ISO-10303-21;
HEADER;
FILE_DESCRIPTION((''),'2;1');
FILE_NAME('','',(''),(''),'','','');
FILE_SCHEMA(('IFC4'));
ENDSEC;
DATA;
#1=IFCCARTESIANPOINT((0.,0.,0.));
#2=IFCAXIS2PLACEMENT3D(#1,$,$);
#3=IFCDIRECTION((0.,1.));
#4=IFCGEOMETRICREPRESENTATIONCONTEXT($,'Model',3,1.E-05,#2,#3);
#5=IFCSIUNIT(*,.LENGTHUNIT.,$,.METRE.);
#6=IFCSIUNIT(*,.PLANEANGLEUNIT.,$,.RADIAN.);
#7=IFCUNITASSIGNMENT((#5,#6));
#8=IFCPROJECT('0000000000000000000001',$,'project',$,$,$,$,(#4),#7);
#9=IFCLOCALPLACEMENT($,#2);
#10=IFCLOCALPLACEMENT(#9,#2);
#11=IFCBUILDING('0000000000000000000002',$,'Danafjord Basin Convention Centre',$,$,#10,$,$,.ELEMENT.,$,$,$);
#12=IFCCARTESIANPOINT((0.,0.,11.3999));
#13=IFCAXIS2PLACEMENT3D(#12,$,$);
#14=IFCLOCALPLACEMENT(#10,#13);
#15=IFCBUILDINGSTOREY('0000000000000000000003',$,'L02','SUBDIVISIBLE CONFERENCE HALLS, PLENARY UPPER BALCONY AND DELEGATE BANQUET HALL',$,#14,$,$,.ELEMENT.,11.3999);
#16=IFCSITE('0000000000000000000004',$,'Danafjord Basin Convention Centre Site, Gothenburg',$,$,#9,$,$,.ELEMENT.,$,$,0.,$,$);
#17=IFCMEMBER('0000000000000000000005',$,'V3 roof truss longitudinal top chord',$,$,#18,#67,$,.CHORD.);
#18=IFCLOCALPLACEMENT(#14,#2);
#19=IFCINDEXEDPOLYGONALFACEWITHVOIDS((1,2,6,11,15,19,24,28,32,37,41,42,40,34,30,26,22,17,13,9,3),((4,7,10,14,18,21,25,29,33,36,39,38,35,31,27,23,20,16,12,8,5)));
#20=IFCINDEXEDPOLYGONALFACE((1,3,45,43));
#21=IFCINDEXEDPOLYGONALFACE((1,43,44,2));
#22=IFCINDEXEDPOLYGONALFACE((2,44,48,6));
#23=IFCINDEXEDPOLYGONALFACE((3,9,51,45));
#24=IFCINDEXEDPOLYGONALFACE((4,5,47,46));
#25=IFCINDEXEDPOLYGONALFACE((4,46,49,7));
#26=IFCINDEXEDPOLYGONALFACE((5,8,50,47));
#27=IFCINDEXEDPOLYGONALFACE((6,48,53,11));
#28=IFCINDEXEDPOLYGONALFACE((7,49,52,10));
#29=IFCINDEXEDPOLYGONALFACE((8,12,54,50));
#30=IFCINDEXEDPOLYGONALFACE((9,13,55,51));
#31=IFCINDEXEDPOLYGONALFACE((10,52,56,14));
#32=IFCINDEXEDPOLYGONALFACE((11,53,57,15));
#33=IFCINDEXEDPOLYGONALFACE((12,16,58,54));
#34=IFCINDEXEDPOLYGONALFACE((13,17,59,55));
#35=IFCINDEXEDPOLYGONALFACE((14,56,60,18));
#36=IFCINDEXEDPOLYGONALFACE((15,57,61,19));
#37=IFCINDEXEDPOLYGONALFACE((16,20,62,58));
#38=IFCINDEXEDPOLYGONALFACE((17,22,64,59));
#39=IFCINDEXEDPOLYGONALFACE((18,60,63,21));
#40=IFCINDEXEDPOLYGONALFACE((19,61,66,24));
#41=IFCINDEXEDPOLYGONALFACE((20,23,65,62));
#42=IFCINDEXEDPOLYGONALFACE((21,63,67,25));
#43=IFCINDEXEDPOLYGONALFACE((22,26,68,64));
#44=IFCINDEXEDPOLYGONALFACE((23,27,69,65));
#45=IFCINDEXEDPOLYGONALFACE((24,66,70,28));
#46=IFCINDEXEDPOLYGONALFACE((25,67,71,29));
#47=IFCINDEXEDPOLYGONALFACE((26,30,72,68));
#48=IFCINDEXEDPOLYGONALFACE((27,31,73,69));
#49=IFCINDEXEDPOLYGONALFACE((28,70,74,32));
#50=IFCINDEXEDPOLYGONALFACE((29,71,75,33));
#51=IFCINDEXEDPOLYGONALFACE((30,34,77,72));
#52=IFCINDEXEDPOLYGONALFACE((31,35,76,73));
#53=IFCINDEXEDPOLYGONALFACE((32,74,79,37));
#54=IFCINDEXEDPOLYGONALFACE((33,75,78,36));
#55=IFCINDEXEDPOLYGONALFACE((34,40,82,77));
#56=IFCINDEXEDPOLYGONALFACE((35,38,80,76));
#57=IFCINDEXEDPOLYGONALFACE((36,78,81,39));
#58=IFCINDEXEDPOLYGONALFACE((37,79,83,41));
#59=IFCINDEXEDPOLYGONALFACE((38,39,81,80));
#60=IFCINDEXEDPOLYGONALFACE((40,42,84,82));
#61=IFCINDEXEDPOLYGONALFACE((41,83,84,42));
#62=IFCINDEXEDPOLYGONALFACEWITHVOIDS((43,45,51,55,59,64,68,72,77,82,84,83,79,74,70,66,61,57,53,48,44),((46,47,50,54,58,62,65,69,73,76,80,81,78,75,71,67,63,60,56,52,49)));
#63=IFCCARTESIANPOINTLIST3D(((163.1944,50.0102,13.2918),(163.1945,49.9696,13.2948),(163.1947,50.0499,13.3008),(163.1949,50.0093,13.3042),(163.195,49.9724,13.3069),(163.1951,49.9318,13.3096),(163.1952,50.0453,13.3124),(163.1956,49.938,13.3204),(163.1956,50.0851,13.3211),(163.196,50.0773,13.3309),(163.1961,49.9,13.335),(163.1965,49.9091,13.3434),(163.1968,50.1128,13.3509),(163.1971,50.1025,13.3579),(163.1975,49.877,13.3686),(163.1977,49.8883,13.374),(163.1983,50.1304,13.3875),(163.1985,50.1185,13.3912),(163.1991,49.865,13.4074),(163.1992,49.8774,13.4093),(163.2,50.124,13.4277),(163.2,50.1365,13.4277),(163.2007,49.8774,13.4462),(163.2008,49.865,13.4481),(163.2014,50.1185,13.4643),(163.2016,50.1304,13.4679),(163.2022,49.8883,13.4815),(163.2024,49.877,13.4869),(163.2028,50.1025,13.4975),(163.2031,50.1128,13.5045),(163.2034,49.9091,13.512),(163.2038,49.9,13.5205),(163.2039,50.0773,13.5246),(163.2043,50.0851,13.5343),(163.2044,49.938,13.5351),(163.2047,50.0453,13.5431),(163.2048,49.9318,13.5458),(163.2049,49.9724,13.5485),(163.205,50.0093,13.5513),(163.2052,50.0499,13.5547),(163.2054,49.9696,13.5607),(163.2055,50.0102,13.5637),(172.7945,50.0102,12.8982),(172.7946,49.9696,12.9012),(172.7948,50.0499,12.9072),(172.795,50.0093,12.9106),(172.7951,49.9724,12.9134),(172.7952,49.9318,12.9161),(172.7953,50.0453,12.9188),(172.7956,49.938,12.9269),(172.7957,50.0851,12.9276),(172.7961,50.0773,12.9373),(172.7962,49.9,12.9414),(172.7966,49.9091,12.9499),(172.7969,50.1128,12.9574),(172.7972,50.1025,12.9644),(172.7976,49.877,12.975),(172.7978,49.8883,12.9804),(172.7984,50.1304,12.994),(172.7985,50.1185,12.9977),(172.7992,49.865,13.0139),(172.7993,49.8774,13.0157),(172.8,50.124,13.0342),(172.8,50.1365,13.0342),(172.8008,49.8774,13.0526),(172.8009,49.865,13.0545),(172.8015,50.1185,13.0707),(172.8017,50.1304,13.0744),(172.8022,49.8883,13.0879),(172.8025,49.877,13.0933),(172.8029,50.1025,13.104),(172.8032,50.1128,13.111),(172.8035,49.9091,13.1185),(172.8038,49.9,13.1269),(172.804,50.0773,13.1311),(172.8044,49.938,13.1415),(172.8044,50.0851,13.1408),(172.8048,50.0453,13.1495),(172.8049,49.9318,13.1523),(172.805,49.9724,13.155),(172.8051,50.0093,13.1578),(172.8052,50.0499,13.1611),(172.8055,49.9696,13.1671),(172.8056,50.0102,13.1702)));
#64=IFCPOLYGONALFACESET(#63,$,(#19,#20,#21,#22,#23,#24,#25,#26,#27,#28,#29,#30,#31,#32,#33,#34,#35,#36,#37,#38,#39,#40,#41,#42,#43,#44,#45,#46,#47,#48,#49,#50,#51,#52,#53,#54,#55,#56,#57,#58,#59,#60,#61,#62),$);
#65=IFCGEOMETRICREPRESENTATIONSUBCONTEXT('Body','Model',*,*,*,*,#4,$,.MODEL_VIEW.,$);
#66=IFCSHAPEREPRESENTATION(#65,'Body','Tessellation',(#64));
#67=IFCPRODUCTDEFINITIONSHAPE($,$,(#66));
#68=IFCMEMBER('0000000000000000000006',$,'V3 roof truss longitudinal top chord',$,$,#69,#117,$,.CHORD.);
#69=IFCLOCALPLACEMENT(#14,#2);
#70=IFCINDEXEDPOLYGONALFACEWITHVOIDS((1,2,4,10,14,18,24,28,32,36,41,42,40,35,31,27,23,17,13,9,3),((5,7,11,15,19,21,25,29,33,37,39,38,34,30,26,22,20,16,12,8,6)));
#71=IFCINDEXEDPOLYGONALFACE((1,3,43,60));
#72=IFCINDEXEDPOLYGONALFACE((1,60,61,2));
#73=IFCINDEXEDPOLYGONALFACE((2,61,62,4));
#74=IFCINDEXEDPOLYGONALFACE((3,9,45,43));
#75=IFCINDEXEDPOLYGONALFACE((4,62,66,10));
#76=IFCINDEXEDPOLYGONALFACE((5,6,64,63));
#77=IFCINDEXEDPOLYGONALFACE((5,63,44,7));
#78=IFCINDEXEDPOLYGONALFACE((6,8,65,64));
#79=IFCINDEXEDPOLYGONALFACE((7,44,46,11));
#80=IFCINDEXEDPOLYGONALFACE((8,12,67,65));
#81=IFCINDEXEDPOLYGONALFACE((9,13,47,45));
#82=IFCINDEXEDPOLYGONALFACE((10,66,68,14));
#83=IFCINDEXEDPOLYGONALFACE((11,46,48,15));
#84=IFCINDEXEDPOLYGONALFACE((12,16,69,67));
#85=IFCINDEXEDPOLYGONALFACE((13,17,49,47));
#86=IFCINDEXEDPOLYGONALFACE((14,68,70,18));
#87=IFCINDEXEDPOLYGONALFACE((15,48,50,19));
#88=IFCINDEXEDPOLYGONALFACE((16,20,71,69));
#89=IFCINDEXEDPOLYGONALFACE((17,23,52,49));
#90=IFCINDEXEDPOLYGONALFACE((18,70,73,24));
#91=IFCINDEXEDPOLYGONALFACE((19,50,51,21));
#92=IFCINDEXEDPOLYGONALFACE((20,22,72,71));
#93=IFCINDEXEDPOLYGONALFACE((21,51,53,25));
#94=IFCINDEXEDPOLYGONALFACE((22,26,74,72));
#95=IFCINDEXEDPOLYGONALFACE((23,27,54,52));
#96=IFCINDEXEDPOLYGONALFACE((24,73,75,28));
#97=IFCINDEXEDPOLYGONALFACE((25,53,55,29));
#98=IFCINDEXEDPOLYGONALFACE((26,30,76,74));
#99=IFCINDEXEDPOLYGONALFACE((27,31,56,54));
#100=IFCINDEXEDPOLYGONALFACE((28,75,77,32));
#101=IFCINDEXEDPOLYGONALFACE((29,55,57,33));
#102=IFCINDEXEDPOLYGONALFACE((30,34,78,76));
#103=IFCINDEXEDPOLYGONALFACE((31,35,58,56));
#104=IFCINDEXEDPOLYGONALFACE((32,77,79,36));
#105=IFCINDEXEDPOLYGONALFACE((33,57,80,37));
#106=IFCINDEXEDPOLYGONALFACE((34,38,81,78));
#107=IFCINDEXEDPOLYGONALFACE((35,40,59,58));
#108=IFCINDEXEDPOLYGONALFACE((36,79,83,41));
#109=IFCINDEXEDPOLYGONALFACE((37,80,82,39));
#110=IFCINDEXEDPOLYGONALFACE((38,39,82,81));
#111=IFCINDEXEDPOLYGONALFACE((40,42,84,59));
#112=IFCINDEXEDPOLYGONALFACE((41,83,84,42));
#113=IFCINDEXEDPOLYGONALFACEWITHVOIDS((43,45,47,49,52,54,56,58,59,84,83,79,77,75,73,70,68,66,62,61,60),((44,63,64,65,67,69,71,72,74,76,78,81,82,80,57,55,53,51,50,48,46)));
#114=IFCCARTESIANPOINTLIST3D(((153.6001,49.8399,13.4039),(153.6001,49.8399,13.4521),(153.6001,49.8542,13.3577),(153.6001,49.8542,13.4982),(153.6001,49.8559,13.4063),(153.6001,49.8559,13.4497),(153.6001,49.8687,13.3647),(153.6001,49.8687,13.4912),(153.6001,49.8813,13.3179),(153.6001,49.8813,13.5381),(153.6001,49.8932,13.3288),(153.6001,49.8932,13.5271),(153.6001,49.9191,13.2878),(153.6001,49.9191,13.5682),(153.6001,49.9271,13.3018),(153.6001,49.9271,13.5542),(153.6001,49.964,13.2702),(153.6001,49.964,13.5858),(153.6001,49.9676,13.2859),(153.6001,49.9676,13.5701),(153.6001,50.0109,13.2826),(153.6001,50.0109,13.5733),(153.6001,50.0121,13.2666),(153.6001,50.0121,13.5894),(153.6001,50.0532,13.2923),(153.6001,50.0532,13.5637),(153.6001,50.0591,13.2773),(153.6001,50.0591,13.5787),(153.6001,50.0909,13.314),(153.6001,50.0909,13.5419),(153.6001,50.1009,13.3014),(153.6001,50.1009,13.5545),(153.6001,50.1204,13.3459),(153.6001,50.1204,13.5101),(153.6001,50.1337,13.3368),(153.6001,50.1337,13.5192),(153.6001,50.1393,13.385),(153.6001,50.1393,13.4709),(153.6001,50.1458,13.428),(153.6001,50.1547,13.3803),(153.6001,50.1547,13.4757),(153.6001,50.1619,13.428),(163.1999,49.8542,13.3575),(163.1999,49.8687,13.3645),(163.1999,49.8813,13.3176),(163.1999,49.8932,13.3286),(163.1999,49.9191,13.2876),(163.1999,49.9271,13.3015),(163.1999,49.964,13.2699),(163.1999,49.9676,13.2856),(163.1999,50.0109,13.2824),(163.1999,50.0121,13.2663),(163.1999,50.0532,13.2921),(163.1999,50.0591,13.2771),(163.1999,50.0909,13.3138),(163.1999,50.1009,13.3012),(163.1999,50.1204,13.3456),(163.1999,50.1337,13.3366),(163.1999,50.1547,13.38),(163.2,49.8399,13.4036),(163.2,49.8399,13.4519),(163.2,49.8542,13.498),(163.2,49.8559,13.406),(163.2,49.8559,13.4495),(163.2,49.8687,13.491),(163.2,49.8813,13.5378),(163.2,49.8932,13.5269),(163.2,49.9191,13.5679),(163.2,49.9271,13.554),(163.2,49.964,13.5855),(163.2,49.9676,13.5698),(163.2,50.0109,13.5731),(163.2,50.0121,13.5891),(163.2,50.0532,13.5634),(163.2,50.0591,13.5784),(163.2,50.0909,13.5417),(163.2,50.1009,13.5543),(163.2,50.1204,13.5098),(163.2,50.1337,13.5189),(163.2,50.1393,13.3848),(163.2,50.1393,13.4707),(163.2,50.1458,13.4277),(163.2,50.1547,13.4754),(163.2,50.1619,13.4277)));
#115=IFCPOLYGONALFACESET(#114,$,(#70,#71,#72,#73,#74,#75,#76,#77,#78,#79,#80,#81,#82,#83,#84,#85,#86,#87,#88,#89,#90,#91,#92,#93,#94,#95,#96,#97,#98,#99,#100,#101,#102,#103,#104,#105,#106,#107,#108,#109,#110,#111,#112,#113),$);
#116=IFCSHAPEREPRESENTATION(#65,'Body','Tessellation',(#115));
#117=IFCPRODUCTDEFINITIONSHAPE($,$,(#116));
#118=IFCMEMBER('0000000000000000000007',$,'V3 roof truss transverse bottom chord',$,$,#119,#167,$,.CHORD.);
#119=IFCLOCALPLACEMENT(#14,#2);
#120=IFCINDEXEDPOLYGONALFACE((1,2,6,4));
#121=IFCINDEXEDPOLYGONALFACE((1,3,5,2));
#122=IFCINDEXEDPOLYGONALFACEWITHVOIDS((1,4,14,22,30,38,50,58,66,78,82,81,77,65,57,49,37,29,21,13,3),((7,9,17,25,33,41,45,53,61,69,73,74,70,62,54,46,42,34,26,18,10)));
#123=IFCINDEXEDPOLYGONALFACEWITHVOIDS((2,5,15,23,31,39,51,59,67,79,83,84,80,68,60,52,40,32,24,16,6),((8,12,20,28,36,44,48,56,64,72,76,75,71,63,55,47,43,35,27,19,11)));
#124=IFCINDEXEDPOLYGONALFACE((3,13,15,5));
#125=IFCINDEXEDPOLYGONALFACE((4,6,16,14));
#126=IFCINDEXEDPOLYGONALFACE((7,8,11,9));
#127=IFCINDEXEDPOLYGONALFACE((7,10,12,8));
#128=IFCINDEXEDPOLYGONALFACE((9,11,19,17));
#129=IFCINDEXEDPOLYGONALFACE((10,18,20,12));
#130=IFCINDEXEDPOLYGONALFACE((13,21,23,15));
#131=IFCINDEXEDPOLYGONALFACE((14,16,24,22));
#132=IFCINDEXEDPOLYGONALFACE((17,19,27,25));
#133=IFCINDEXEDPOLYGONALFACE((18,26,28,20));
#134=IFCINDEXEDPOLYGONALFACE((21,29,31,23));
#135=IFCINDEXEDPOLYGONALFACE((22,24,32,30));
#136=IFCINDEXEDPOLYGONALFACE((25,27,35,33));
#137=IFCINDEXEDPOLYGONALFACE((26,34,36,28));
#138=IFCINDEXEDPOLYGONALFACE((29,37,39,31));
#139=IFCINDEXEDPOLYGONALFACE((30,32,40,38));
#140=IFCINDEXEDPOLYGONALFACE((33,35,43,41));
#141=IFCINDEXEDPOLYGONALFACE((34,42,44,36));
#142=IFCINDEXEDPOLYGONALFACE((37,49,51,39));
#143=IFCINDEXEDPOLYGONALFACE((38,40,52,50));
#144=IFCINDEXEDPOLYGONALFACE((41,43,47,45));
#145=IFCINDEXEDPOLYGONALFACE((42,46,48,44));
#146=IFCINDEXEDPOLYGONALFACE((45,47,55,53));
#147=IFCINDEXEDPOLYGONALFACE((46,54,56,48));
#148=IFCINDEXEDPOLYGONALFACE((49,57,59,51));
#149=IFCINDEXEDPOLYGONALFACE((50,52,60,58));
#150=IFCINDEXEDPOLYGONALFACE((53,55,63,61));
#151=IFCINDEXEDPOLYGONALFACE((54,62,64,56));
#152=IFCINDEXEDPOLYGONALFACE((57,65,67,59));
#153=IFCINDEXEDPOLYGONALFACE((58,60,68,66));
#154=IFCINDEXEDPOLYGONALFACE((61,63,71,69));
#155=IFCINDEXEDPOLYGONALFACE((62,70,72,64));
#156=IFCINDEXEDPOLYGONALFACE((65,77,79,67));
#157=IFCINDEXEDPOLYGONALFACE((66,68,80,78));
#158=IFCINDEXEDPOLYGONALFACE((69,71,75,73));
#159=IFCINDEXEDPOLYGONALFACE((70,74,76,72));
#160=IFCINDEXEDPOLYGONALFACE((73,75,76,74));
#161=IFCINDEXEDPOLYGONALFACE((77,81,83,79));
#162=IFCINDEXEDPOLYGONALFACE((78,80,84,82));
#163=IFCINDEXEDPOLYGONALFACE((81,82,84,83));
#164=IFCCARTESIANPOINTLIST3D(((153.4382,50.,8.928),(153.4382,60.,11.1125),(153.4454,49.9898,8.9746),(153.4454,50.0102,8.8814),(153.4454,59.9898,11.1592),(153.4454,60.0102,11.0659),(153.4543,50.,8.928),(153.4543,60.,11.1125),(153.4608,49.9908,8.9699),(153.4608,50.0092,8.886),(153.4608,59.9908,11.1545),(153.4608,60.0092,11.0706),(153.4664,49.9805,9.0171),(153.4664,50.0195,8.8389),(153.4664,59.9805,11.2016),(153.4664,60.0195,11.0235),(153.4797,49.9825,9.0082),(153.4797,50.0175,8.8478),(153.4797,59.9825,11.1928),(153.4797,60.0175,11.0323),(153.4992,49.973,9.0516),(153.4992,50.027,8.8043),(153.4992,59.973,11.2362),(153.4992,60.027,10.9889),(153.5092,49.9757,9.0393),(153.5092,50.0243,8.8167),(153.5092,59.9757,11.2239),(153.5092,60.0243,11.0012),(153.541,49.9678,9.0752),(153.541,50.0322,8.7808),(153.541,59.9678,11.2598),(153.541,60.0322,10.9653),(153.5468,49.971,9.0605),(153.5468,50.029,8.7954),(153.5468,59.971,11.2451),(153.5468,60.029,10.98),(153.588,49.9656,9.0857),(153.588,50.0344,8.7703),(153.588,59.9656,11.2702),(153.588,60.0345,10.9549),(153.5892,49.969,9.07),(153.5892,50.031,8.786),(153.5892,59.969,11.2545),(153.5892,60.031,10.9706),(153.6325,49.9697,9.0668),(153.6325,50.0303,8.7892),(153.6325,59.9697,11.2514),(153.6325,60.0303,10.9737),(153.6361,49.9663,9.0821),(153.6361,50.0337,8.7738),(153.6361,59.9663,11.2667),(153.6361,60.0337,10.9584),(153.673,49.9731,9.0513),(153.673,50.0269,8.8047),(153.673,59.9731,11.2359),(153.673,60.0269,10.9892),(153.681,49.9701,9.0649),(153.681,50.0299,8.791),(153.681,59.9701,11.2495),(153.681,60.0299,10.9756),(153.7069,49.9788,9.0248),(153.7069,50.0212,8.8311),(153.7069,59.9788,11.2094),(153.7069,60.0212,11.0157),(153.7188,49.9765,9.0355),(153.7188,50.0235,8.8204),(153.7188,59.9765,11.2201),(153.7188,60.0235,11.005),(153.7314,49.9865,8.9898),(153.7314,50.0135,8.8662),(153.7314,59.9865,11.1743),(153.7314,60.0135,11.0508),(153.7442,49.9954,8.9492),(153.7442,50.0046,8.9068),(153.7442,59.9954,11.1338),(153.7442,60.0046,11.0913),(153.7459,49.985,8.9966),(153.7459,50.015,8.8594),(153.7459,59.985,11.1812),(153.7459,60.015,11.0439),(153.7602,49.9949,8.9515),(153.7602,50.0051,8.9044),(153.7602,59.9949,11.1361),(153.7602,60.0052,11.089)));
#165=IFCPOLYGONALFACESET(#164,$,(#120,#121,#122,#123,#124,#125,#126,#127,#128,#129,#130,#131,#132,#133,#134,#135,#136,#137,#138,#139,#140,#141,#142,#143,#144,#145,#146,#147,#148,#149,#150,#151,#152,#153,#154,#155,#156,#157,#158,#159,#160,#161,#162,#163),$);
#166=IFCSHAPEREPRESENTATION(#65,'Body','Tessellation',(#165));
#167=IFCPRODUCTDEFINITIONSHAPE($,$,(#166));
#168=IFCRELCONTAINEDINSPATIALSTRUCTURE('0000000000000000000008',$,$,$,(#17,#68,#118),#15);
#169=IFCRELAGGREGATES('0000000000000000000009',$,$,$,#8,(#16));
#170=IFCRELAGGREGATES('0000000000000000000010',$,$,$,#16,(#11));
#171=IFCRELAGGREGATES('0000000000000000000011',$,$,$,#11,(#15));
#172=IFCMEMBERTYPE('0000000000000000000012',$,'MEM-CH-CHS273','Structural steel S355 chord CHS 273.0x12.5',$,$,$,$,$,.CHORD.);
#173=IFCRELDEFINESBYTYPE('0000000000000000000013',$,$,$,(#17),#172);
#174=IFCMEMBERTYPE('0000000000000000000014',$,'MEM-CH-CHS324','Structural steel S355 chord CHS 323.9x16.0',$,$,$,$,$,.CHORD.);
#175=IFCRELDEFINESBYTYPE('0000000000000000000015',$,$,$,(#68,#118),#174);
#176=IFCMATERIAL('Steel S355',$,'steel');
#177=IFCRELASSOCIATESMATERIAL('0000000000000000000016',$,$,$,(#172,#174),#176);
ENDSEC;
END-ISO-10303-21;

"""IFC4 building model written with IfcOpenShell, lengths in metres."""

from ifc_helpers import new_model, si_unit, direction, frame, origin, origin_2d, place, context, subcontext, project, spatial, hollow_circle, extrude, material, material_profile, profile_set, type_object, element, save


model = new_model("IFC4")

# Units and contexts
model_context = context("Model", 3, precision=1e-05, world=origin(), true_north=direction((0.0, 1.0)))
body_context = subcontext(model_context, "Body", "Model", "MODEL_VIEW")
ifc_project = project(units=[si_unit("LENGTHUNIT", "METRE"), si_unit("PLANEANGLEUNIT", "RADIAN")], contexts=[model_context])

# Site, building, storey
site_placement = place(None, origin())
site = spatial("IfcSite", under=ifc_project, at=site_placement, Name="Danafjord Basin Convention Centre Site, Gothenburg", CompositionType="ELEMENT", RefElevation=0.0)
building_placement = place(site_placement, origin())
building = spatial("IfcBuilding", under=site, at=building_placement, Name="Danafjord Basin Convention Centre", CompositionType="ELEMENT")
storey_placement = place(building_placement, frame((0.0, 0.0, 11.3999)))
storey = spatial("IfcBuildingStorey", under=building, at=storey_placement, Name="L02", Description="SUBDIVISIBLE CONFERENCE HALLS, PLENARY UPPER BALCONY AND DELEGATE BANQUET HALL", CompositionType="ELEMENT", Elevation=11.3999)

# Members
ifc_material = material(Name="Steel S355", Category="steel")
ifc_material_profile_1 = material_profile(ifc_material, hollow_circle(Radius=0.1365, WallThickness=0.0125, at=origin_2d()), Name="CHS 273.0x12.5")
ifc_profile_set_1 = profile_set([ifc_material_profile_1], Name="Steel S355")
member_type_1 = type_object("IfcMemberType", Name="MEM-CH-CHS273", Description="Structural steel S355 chord CHS 273.0x12.5", PredefinedType="CHORD", material=ifc_profile_set_1)
member_1_placement = place(storey_placement, frame((163.2, 50.0, 13.4277), z_axis=(0.999161, 0.0, -0.04096), x_axis=(0.0, 1.0, 0.0)))
element("IfcMember", 1, at=member_1_placement, inside=storey, type_object=member_type_1, Name="V3 roof truss longitudinal top chord", PredefinedType="CHORD", context=body_context, shape_type="SweptSolid", body=[
    extrude(hollow_circle(Radius=0.1365, WallThickness=0.0125, at=origin_2d()), origin(), (0.0, 0.0, 1.0), 9.6082),
])
ifc_material_profile_2 = material_profile(ifc_material, hollow_circle(Radius=0.1619, WallThickness=0.0161, at=origin_2d()), Name="CHS 323.9x16.0")
ifc_profile_set_2 = profile_set([ifc_material_profile_2], Name="Steel S355")
member_type_2 = type_object("IfcMemberType", Name="MEM-CH-CHS324", Description="Structural steel S355 chord CHS 323.9x16.0", PredefinedType="CHORD", material=ifc_profile_set_2)
member_2_placement = place(storey_placement, frame((153.6001, 50.0, 13.428), z_axis=(1.0, 0.0, -0.000025), x_axis=(0.0, 1.0, 0.0)))
element("IfcMember", 2, at=member_2_placement, inside=storey, type_object=member_type_2, Name="V3 roof truss longitudinal top chord", PredefinedType="CHORD", context=body_context, shape_type="SweptSolid", body=[
    extrude(hollow_circle(Radius=0.1619, WallThickness=0.0161, at=origin_2d()), origin(), (0.0, 0.0, 1.0), 9.5999),
])
member_3_placement = place(storey_placement, frame((153.6001, 50.0, 8.928), z_axis=(0.0, 0.97696, 0.213424), x_axis=(-1.0, 0.0, 0.0)))
element("IfcMember", 3, at=member_3_placement, inside=storey, type_object=member_type_2, Name="V3 roof truss transverse bottom chord", PredefinedType="CHORD", context=body_context, shape_type="SweptSolid", body=[
    extrude(hollow_circle(Radius=0.1619, WallThickness=0.0161, at=origin_2d()), origin(), (0.0, 0.0, 1.0), 10.2358),
])

save(model, "model.ifc")
